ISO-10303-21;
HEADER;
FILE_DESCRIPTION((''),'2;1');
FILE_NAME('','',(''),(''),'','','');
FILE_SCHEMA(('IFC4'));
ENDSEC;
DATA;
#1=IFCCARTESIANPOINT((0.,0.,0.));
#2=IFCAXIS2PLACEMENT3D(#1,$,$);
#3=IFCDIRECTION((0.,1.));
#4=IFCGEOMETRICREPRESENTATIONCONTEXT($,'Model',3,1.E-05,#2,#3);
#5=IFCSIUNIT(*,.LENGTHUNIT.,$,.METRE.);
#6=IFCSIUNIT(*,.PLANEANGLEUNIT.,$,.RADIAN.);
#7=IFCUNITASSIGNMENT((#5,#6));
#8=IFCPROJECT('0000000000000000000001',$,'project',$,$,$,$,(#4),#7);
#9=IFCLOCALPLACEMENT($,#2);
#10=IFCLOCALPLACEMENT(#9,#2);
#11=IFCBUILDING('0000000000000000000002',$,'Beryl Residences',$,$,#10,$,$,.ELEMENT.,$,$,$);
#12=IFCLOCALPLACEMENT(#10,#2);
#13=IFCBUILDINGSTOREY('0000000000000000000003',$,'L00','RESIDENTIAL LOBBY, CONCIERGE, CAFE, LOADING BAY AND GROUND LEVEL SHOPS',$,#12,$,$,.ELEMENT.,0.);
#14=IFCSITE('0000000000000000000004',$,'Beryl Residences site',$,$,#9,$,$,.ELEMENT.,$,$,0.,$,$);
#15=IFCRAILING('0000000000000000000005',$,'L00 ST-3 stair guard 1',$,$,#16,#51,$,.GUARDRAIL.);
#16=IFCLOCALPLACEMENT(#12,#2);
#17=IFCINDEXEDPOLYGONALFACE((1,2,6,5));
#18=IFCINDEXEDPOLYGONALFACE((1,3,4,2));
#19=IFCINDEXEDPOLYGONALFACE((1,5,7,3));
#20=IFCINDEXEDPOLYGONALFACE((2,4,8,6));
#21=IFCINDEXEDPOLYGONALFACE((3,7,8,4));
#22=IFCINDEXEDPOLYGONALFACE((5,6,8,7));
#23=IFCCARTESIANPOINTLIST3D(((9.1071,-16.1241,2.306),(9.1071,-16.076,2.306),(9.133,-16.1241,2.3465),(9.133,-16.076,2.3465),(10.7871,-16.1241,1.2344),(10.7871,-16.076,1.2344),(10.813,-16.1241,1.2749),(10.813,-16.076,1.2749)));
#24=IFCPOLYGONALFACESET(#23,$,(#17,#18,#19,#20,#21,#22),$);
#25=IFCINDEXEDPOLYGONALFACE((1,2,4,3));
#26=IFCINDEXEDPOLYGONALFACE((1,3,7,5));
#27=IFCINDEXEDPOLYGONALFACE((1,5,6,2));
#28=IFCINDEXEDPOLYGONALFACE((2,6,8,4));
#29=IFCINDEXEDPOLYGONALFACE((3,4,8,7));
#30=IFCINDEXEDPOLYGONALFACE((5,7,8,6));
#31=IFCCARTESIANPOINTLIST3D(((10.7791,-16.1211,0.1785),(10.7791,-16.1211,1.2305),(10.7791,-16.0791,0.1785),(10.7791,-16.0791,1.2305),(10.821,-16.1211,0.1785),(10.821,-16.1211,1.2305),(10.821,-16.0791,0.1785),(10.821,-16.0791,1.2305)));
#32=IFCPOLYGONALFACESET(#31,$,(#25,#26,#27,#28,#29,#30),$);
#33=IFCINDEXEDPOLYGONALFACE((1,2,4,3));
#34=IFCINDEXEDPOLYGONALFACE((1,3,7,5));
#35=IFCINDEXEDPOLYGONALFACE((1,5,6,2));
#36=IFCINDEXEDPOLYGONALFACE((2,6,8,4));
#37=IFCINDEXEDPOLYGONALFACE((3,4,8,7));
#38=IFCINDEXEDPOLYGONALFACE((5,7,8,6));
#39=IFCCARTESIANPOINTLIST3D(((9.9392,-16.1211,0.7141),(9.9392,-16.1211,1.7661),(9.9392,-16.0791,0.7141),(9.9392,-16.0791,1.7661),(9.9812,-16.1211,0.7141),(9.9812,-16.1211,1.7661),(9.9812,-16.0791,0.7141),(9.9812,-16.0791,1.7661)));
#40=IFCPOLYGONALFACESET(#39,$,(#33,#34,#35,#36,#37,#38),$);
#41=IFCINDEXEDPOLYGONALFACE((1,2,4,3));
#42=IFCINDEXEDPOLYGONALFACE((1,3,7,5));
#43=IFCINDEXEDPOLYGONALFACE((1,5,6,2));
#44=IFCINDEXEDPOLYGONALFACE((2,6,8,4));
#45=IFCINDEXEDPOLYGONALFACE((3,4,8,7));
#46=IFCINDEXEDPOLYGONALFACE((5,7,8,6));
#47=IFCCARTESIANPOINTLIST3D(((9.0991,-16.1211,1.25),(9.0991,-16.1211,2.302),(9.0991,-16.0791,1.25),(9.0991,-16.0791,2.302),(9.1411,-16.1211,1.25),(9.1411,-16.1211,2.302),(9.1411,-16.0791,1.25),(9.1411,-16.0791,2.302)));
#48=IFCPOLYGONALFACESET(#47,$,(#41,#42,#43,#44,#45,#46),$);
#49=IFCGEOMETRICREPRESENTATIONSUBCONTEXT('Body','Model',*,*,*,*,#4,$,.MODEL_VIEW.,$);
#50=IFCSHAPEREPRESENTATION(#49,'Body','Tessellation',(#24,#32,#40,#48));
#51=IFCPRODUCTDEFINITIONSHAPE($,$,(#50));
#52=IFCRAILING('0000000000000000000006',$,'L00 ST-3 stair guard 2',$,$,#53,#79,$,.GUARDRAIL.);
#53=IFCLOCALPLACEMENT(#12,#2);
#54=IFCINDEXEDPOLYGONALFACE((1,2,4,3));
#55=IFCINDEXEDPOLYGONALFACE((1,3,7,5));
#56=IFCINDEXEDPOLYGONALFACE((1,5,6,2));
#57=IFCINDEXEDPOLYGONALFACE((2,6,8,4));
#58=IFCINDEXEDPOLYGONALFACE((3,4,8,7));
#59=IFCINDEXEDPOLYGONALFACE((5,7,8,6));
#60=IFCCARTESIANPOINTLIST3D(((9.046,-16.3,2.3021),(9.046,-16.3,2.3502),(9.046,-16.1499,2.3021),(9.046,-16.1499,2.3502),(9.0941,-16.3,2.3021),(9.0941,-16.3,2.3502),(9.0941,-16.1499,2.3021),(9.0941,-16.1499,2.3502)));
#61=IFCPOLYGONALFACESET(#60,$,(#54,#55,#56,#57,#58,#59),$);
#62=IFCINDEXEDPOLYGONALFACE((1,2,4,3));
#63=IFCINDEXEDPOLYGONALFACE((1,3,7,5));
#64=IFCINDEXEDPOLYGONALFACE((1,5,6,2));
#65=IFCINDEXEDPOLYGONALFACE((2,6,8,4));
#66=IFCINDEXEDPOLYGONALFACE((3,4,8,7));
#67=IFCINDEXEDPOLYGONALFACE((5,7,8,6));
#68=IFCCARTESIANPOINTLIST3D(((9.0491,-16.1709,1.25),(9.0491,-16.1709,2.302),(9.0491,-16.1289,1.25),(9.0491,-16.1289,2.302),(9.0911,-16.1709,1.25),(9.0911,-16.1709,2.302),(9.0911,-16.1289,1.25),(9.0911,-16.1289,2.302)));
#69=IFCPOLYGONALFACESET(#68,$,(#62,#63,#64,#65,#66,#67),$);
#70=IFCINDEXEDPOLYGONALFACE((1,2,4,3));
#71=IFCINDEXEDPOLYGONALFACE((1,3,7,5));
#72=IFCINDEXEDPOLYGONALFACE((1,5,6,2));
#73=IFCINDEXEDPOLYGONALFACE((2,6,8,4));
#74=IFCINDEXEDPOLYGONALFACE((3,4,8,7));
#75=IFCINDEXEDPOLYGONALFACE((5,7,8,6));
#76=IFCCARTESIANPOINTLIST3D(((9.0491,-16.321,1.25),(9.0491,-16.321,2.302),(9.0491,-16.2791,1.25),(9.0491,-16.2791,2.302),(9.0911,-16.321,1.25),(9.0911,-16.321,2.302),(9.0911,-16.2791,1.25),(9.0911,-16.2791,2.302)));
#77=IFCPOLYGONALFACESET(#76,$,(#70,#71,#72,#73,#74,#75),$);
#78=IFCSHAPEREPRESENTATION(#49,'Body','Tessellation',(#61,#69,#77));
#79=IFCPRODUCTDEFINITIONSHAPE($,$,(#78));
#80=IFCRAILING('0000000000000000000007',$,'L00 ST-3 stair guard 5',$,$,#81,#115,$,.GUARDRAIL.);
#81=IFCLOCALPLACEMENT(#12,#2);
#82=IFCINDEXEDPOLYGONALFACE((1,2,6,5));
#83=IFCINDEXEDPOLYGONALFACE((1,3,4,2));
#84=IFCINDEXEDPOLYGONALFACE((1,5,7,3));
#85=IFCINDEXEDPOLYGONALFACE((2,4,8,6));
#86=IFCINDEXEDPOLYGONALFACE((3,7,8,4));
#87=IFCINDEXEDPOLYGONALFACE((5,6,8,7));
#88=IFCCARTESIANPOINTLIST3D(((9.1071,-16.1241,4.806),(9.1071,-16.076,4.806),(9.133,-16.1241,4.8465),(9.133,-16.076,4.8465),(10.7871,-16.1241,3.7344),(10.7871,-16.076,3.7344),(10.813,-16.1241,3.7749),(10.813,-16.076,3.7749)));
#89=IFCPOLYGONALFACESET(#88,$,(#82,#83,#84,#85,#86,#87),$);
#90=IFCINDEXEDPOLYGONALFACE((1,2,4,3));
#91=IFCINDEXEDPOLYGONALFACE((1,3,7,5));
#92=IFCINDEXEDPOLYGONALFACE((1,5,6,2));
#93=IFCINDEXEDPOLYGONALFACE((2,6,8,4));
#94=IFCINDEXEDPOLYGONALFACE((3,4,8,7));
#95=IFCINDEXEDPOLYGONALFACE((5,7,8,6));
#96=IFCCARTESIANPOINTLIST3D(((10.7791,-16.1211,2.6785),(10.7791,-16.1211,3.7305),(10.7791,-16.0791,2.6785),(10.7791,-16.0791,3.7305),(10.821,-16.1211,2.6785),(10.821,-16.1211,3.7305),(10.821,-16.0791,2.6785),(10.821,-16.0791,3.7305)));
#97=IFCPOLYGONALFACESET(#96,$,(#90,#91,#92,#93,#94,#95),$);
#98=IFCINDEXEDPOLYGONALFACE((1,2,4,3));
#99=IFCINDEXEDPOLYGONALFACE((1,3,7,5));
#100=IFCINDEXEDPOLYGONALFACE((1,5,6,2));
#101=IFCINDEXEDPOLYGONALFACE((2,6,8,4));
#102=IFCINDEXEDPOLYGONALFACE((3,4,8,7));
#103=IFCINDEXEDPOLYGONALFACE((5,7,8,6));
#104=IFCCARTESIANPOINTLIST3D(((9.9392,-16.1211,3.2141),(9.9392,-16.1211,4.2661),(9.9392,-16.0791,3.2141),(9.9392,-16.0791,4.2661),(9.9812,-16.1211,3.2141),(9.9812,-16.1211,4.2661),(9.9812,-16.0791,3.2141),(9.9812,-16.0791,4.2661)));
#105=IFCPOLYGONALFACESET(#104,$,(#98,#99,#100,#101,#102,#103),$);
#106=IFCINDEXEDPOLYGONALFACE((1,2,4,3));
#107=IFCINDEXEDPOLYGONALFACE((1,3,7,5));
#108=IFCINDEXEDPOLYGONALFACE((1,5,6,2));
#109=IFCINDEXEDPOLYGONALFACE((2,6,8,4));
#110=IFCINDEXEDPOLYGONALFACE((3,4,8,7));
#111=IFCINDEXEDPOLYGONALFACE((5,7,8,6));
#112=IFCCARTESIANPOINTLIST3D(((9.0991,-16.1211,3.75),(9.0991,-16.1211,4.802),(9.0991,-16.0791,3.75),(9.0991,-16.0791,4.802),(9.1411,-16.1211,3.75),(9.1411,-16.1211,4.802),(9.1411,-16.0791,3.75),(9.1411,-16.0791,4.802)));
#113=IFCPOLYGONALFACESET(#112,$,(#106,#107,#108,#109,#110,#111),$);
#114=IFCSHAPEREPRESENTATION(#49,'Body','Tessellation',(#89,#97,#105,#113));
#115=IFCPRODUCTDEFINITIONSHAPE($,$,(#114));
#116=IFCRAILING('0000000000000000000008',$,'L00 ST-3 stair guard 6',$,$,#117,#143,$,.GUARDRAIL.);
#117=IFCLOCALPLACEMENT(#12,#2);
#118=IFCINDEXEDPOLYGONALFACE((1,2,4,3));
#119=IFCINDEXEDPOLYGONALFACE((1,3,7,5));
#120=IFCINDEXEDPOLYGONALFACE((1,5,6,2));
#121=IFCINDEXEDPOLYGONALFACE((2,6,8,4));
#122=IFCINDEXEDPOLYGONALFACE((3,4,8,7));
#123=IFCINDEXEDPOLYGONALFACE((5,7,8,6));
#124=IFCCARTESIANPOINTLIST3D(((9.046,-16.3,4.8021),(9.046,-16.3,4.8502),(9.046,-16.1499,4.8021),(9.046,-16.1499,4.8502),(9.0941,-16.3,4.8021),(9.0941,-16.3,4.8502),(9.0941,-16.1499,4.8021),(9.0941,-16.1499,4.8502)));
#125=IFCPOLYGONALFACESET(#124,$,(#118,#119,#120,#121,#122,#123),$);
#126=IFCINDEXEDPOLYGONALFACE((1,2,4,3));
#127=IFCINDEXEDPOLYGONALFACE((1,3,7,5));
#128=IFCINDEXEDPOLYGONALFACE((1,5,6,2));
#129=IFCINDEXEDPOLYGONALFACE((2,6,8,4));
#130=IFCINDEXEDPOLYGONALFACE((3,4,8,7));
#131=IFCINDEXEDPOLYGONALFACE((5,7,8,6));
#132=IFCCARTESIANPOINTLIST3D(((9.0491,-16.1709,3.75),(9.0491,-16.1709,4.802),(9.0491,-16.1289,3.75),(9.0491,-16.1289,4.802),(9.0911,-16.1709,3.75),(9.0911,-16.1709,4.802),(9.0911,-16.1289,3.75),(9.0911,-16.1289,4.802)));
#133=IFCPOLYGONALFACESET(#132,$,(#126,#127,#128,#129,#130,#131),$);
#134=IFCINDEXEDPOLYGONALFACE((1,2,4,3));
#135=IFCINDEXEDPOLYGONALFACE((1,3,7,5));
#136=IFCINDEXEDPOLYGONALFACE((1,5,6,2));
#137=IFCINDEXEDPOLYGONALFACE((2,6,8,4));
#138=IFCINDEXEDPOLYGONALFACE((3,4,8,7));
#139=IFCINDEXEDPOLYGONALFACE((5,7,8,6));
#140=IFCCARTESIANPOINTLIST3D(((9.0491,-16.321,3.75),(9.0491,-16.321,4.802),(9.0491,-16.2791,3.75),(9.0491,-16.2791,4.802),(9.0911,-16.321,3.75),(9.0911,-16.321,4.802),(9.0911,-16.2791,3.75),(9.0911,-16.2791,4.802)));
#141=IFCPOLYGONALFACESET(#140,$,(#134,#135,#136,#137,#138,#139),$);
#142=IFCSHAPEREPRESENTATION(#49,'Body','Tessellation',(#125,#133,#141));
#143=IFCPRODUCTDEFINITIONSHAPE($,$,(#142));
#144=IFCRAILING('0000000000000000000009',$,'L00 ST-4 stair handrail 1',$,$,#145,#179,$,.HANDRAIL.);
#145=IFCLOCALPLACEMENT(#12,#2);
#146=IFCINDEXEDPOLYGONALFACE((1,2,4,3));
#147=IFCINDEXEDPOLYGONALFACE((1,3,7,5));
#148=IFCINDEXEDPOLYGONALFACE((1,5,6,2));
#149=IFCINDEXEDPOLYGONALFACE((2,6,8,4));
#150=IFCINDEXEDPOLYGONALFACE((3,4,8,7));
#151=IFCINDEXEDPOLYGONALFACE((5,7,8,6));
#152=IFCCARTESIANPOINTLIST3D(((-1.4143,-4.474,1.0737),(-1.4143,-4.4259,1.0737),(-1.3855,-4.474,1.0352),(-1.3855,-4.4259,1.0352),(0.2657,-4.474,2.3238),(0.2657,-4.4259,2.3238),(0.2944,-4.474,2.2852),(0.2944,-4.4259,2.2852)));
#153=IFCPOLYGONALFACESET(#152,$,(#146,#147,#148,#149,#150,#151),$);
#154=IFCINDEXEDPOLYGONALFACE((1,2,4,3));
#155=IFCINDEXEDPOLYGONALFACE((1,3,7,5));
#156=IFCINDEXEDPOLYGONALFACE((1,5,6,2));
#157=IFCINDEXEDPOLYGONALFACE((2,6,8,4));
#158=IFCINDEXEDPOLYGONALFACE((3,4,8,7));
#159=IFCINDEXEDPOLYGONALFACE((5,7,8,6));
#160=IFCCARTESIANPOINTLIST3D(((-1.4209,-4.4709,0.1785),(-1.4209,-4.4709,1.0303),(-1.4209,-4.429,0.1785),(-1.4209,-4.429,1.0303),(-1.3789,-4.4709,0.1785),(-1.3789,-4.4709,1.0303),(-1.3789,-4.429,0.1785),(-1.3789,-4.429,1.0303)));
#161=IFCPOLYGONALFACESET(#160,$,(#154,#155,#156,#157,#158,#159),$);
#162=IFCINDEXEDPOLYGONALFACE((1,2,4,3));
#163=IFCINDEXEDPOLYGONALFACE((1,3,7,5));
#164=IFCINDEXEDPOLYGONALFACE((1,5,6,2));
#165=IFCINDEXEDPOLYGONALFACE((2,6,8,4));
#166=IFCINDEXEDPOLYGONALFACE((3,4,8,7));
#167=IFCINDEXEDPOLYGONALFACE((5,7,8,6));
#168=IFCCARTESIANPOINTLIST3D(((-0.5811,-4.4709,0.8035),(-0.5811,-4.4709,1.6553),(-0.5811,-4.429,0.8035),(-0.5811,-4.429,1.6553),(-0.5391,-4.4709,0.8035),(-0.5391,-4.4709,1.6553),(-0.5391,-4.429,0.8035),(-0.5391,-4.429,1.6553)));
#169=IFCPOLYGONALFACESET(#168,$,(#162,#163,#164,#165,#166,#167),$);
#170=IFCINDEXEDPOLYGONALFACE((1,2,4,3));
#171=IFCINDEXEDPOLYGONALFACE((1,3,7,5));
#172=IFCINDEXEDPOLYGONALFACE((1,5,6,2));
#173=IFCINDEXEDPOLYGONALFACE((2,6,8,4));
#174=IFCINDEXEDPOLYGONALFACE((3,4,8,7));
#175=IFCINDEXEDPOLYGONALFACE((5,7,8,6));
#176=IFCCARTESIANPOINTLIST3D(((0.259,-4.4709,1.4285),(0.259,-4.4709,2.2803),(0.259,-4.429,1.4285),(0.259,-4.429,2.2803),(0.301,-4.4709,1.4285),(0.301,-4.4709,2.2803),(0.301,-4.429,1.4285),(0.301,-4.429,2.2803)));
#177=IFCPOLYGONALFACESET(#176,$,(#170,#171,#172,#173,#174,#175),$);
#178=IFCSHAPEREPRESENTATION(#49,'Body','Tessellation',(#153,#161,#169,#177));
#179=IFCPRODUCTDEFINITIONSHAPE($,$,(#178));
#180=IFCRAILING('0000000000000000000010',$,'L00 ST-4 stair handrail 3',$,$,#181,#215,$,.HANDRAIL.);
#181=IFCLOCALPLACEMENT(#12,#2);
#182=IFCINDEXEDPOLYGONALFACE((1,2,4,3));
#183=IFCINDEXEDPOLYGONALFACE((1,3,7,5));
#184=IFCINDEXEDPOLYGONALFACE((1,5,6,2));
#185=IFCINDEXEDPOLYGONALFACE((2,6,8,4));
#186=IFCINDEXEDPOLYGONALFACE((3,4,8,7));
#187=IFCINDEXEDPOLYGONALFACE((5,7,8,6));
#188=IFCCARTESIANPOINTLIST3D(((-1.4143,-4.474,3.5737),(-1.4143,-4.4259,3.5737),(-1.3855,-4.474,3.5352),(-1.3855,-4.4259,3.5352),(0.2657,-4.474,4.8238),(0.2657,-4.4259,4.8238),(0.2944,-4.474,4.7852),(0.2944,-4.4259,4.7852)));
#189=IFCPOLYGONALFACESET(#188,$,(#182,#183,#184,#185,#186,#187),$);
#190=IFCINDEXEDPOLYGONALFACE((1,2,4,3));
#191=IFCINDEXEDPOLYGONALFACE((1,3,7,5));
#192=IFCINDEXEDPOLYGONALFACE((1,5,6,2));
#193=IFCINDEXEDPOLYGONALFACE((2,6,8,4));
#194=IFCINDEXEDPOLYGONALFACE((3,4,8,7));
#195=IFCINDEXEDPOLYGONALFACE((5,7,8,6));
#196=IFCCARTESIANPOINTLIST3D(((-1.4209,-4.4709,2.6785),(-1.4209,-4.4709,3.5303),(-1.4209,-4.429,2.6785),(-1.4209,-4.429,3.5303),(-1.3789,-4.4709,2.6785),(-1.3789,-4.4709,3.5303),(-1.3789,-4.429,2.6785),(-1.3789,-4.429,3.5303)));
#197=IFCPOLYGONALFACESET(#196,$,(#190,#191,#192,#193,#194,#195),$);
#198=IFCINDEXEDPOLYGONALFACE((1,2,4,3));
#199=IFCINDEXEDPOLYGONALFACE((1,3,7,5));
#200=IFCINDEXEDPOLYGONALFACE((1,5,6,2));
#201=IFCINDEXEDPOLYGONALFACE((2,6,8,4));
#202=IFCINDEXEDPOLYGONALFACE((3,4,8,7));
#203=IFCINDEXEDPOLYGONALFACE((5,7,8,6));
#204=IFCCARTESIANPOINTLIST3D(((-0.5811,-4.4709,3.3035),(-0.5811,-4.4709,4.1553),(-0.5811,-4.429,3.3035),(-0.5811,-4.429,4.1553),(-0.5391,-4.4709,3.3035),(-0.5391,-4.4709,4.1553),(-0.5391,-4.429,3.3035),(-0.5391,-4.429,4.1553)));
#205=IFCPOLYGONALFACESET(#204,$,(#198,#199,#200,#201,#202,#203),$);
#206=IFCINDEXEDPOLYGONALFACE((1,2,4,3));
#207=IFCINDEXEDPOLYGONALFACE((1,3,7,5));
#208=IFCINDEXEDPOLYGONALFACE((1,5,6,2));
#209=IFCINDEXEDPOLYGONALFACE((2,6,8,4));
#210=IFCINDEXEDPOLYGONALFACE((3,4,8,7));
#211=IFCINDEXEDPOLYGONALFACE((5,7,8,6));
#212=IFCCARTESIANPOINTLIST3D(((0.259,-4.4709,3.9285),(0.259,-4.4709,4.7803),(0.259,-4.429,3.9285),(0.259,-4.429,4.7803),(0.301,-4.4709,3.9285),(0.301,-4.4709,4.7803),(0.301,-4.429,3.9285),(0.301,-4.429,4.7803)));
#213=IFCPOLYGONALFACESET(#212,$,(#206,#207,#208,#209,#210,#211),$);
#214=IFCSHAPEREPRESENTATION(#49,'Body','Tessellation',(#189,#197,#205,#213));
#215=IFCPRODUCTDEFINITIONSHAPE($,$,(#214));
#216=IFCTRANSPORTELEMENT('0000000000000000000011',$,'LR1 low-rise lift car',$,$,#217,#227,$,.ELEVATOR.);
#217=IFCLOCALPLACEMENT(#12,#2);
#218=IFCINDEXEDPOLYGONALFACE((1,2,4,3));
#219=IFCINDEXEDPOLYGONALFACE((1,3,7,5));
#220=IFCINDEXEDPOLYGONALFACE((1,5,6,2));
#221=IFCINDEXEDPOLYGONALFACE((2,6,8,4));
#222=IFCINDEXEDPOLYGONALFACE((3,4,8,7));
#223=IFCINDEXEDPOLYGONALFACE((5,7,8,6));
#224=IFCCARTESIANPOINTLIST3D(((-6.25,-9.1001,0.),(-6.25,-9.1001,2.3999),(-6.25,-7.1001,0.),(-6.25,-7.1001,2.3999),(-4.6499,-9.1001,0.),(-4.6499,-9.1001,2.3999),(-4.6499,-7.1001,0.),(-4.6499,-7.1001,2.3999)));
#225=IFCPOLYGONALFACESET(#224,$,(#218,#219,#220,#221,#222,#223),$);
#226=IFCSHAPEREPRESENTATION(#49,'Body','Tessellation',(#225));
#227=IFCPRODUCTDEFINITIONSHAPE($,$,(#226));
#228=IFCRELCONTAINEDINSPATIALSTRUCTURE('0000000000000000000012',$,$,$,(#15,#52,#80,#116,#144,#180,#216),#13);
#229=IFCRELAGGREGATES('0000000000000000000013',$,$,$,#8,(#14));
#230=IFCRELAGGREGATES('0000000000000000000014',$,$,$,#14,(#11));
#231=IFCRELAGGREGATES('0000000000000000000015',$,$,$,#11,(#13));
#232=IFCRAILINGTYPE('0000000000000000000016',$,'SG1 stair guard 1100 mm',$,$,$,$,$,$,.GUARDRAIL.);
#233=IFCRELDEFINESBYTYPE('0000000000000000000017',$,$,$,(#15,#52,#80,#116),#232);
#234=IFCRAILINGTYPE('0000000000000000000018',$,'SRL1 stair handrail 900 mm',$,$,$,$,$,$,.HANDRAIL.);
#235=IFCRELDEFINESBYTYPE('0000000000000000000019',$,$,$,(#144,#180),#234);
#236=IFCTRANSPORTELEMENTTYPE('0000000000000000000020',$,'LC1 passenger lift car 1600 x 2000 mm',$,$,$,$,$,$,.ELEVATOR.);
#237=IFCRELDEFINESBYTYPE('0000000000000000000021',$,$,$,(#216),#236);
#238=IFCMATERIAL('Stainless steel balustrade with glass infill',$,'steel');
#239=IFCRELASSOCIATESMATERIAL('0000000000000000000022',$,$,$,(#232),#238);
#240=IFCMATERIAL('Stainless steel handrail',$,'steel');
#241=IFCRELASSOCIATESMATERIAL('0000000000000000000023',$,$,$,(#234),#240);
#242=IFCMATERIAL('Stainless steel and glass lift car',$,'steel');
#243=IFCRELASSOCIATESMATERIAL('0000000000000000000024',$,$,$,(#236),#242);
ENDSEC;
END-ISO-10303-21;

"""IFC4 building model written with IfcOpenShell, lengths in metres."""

from ifc_helpers import new_model, si_unit, direction, frame, origin, origin_2d, place, context, subcontext, project, spatial, rectangle, extrude, material, type_object, element, save


model = new_model("IFC4")

# Units and contexts
model_context = context("Model", 3, precision=1e-05, world=origin(), true_north=direction((0.0, 1.0)))
body_context = subcontext(model_context, "Body", "Model", "MODEL_VIEW")
ifc_project = project(units=[si_unit("LENGTHUNIT", "METRE"), si_unit("PLANEANGLEUNIT", "RADIAN")], contexts=[model_context])

# Site, building, storey
site_placement = place(None, origin())
site = spatial("IfcSite", under=ifc_project, at=site_placement, Name="Beryl Residences site", CompositionType="ELEMENT", RefElevation=0.0)
building_placement = place(site_placement, origin())
building = spatial("IfcBuilding", under=site, at=building_placement, Name="Beryl Residences", CompositionType="ELEMENT")
storey_placement = place(building_placement, origin())
storey = spatial("IfcBuildingStorey", under=building, at=storey_placement, Name="L00", Description="RESIDENTIAL LOBBY, CONCIERGE, CAFE, LOADING BAY AND GROUND LEVEL SHOPS", CompositionType="ELEMENT", Elevation=0.0)

# Railings
ifc_material_1 = material(Name="Stainless steel balustrade with glass infill", Category="steel")
railing_type_1 = type_object("IfcRailingType", Name="SG1 stair guard 1100 mm", PredefinedType="GUARDRAIL", material=ifc_material_1)
railing_1_placement = place(storey_placement, frame((10.8, -16.1001, 0.1785)))
element("IfcRailing", 1, at=railing_1_placement, inside=storey, type_object=railing_type_1, Name="L00 ST-3 stair guard 1", PredefinedType="GUARDRAIL", context=body_context, shape_type="SweptSolid", body=[
    extrude(rectangle(XDim=0.0481, YDim=0.0481, at=origin_2d()), frame((0.0, 0.0, 1.0762), z_axis=(-0.843096, 0.0, 0.537763), x_axis=(0.0, -1.0, 0.0)), (0.0, 0.0, 1.0), 1.9927),
    extrude(rectangle(XDim=0.042, YDim=0.042, at=origin_2d()), origin(), (0.0, 0.0, 1.0), 1.052),
    extrude(rectangle(XDim=0.042, YDim=0.042, at=origin_2d()), frame((-0.8398, 0.0, 0.5356)), (0.0, 0.0, 1.0), 1.052),
    extrude(rectangle(XDim=0.042, YDim=0.042, at=origin_2d()), frame((-1.6799, 0.0, 1.0715)), (0.0, 0.0, 1.0), 1.052),
])
railing_2_placement = place(storey_placement, frame((9.0701, -16.1499, 1.25)))
element("IfcRailing", 2, at=railing_2_placement, inside=storey, type_object=railing_type_1, Name="L00 ST-3 stair guard 2", PredefinedType="GUARDRAIL", context=body_context, shape_type="SweptSolid", body=[
    extrude(rectangle(XDim=0.0481, YDim=0.0481, at=origin_2d()), frame((0.0, 0.0, 1.0762), z_axis=(0.0, -1.0, 0.0), x_axis=(1.0, 0.0, 0.0)), (0.0, 0.0, 1.0), 0.1501),
    extrude(rectangle(XDim=0.042, YDim=0.042, at=origin_2d()), origin(), (0.0, 0.0, 1.0), 1.052),
    extrude(rectangle(XDim=0.042, YDim=0.042, at=origin_2d()), frame((0.0, -0.1501, 0.0)), (0.0, 0.0, 1.0), 1.052),
])
railing_3_placement = place(storey_placement, frame((10.8, -16.1001, 2.6785)))
element("IfcRailing", 3, at=railing_3_placement, inside=storey, type_object=railing_type_1, Name="L00 ST-3 stair guard 5", PredefinedType="GUARDRAIL", context=body_context, shape_type="SweptSolid", body=[
    extrude(rectangle(XDim=0.0481, YDim=0.0481, at=origin_2d()), frame((0.0, 0.0, 1.0762), z_axis=(-0.843096, 0.0, 0.537763), x_axis=(0.0, -1.0, 0.0)), (0.0, 0.0, 1.0), 1.9927),
    extrude(rectangle(XDim=0.042, YDim=0.042, at=origin_2d()), origin(), (0.0, 0.0, 1.0), 1.052),
    extrude(rectangle(XDim=0.042, YDim=0.042, at=origin_2d()), frame((-0.8398, 0.0, 0.5356)), (0.0, 0.0, 1.0), 1.052),
    extrude(rectangle(XDim=0.042, YDim=0.042, at=origin_2d()), frame((-1.6799, 0.0, 1.0715)), (0.0, 0.0, 1.0), 1.052),
])
railing_4_placement = place(storey_placement, frame((9.0701, -16.1499, 3.75)))
element("IfcRailing", 4, at=railing_4_placement, inside=storey, type_object=railing_type_1, Name="L00 ST-3 stair guard 6", PredefinedType="GUARDRAIL", context=body_context, shape_type="SweptSolid", body=[
    extrude(rectangle(XDim=0.0481, YDim=0.0481, at=origin_2d()), frame((0.0, 0.0, 1.0762), z_axis=(0.0, -1.0, 0.0), x_axis=(1.0, 0.0, 0.0)), (0.0, 0.0, 1.0), 0.1501),
    extrude(rectangle(XDim=0.042, YDim=0.042, at=origin_2d()), origin(), (0.0, 0.0, 1.0), 1.052),
    extrude(rectangle(XDim=0.042, YDim=0.042, at=origin_2d()), frame((0.0, -0.1501, 0.0)), (0.0, 0.0, 1.0), 1.052),
])
ifc_material_2 = material(Name="Stainless steel handrail", Category="steel")
railing_type_2 = type_object("IfcRailingType", Name="SRL1 stair handrail 900 mm", PredefinedType="HANDRAIL", material=ifc_material_2)
for number, where, name in (
    (5, (-1.3999, -4.45, 0.1785), "L00 ST-4 stair handrail 1"),
    (6, (-1.3999, -4.45, 2.6785), "L00 ST-4 stair handrail 3"),
):
    element("IfcRailing", number, at=place(storey_placement, frame(where)), inside=storey, type_object=railing_type_2, Name=name, PredefinedType="HANDRAIL", context=body_context, shape_type="SweptSolid", body=[
        extrude(rectangle(XDim=0.0481, YDim=0.0481, at=origin_2d()), frame((0.0, 0.0, 0.876), z_axis=(0.802275, 0.0, 0.596955), x_axis=(0.0, 1.0, 0.0)), (0.0, 0.0, 1.0), 2.094),
        extrude(rectangle(XDim=0.042, YDim=0.042, at=origin_2d()), origin(), (0.0, 0.0, 1.0), 0.8518),
        extrude(rectangle(XDim=0.042, YDim=0.042, at=origin_2d()), frame((0.8398, 0.0, 0.625)), (0.0, 0.0, 1.0), 0.8518),
        extrude(rectangle(XDim=0.042, YDim=0.042, at=origin_2d()), frame((1.6799, 0.0, 1.25)), (0.0, 0.0, 1.0), 0.8518),
    ])

# Transport element
ifc_material_3 = material(Name="Stainless steel and glass lift car", Category="steel")
transport_element_type = type_object("IfcTransportElementType", Name="LC1 passenger lift car 1600 x 2000 mm", PredefinedType="ELEVATOR", material=ifc_material_3)
for number, where, z_axis, x_axis, name in (
    (7, (-5.45, -8.1001, 0.0), (0.0, 0.0, 1.0), (1.0, 0.0, 0.0), "LR1 low-rise lift car"),
):
    element("IfcTransportElement", number, at=place(storey_placement, frame(where, z_axis=z_axis, x_axis=x_axis)), inside=storey, type_object=transport_element_type, Name=name, PredefinedType="ELEVATOR", context=body_context, shape_type="SweptSolid", body=[
        extrude(rectangle(XDim=1.6001, YDim=2.0, at=origin_2d()), origin(), (0.0, 0.0, 1.0), 2.3999),
    ])

save(model, "model.ifc")
